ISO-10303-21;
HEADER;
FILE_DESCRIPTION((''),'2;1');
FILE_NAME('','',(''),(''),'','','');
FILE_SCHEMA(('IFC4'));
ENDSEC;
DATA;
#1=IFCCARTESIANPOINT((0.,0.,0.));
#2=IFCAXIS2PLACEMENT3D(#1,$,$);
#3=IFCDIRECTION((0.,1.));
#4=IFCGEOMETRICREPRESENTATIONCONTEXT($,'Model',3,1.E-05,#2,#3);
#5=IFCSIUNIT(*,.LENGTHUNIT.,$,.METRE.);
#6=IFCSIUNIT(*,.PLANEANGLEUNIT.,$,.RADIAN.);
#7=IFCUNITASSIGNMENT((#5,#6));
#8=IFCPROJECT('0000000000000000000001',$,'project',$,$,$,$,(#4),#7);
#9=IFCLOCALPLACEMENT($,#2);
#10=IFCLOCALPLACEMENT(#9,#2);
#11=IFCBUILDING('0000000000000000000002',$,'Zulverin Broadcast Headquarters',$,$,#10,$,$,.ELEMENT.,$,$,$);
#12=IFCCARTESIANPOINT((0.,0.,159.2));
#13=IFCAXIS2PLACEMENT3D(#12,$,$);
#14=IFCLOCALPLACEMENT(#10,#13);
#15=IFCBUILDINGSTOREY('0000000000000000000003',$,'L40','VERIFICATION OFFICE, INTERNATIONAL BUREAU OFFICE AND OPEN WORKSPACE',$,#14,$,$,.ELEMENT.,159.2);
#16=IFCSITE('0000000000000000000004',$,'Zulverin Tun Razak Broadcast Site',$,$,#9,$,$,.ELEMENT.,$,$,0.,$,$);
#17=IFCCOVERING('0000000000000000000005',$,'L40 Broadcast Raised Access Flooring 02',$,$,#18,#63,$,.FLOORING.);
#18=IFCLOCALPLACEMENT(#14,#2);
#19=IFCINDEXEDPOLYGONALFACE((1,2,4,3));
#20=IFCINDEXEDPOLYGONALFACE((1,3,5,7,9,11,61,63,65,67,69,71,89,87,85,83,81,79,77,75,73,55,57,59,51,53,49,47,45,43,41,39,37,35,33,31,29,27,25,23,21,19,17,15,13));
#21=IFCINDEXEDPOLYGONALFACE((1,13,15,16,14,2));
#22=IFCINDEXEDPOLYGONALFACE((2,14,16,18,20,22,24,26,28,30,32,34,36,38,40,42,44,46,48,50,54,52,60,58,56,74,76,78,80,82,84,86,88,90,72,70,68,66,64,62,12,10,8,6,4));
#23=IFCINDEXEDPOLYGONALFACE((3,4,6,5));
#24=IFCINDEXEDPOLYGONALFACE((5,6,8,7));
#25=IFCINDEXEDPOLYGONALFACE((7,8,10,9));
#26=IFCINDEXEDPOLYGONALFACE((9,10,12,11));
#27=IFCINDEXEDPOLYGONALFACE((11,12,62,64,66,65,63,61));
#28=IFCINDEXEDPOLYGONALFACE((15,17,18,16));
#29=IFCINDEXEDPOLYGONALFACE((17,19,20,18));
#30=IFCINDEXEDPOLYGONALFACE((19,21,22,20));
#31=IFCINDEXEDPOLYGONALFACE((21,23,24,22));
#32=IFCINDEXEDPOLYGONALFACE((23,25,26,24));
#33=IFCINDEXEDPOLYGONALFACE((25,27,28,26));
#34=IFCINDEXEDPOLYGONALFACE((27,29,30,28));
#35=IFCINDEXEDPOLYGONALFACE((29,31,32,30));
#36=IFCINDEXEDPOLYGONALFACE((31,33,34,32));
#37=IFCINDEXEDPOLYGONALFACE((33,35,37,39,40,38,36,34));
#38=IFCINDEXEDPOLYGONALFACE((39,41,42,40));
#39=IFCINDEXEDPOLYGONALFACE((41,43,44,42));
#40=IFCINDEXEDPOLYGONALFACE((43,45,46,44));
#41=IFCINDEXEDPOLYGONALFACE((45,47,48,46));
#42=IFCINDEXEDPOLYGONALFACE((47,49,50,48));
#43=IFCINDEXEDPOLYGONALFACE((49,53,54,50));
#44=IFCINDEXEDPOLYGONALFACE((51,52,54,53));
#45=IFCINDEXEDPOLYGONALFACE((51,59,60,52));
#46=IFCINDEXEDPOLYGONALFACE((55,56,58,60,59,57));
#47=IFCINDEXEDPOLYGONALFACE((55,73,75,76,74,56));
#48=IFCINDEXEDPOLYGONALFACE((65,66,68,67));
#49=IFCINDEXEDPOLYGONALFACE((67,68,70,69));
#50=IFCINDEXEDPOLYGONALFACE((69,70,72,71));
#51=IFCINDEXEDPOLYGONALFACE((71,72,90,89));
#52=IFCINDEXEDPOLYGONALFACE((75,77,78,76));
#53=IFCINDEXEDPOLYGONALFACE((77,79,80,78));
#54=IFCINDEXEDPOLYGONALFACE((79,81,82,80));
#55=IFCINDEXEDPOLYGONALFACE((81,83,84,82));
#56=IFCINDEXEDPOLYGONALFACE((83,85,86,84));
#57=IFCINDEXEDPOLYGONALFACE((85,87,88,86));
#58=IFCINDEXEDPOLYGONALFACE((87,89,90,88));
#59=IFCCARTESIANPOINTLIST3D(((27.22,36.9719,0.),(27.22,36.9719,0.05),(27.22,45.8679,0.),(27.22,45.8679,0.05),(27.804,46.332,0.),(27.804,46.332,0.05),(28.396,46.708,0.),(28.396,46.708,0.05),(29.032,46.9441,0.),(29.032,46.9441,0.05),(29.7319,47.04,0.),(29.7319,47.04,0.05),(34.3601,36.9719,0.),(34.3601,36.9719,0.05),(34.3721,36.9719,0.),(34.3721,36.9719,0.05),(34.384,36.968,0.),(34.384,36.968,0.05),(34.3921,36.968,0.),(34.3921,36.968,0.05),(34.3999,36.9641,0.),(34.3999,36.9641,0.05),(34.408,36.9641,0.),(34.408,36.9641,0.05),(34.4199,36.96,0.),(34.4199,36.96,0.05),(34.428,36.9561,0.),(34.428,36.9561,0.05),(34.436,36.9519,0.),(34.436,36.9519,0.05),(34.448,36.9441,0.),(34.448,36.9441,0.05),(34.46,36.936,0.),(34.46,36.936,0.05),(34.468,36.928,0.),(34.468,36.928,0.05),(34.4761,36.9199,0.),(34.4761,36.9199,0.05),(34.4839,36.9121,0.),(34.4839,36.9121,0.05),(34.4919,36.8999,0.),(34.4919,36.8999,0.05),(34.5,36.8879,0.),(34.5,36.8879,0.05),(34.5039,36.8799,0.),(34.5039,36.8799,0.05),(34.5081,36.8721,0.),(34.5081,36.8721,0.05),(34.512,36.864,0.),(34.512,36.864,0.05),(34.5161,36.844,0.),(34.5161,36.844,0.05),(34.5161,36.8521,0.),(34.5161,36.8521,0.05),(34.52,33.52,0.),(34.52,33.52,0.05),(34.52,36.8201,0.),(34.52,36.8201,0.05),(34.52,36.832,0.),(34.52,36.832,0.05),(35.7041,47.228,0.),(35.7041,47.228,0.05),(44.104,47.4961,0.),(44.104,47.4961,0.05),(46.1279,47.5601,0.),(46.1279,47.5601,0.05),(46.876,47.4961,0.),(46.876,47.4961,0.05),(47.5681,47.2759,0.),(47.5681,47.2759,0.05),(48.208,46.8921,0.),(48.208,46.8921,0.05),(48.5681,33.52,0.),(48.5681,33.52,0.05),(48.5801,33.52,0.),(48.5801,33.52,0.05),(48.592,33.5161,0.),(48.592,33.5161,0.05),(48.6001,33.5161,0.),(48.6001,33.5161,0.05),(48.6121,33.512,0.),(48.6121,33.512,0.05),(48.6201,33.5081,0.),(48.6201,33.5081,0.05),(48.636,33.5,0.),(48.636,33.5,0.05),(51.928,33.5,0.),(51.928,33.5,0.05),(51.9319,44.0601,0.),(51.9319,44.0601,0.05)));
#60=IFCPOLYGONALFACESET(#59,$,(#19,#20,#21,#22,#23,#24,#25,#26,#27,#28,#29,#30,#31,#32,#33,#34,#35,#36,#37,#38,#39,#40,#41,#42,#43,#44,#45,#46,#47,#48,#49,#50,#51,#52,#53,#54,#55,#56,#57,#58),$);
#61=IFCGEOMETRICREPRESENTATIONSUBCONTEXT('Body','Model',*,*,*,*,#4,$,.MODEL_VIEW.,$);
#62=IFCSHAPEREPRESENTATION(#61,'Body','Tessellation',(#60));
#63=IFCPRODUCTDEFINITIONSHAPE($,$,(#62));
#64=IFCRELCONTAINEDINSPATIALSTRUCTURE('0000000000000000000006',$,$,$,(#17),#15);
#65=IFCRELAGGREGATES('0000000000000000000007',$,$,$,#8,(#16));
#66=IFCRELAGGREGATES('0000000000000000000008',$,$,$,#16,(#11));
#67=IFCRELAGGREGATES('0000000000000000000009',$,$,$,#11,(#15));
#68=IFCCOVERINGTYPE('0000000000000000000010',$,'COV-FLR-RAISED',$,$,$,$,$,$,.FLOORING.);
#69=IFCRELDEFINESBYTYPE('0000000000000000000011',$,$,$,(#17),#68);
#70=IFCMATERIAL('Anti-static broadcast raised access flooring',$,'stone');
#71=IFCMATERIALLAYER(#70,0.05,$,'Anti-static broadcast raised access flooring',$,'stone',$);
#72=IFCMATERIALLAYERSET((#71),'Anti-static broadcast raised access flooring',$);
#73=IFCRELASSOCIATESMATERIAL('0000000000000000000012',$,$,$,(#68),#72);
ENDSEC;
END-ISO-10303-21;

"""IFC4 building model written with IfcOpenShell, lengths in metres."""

from ifc_helpers import new_model, si_unit, direction, frame, origin, place, context, subcontext, project, spatial, polyline, outline, extrude, material, layer, layer_set, type_object, element, save


model = new_model("IFC4")

# Units and contexts
model_context = context("Model", 3, precision=1e-05, world=origin(), true_north=direction((0.0, 1.0)))
body_context = subcontext(model_context, "Body", "Model", "MODEL_VIEW")
ifc_project = project(units=[si_unit("LENGTHUNIT", "METRE"), si_unit("PLANEANGLEUNIT", "RADIAN")], contexts=[model_context])

# Site, building, storey
site_placement = place(None, origin())
site = spatial("IfcSite", under=ifc_project, at=site_placement, Name="Zulverin Tun Razak Broadcast Site", CompositionType="ELEMENT", RefElevation=0.0)
building_placement = place(site_placement, origin())
building = spatial("IfcBuilding", under=site, at=building_placement, Name="Zulverin Broadcast Headquarters", CompositionType="ELEMENT")
storey_placement = place(building_placement, frame((0.0, 0.0, 159.2)))
storey = spatial("IfcBuildingStorey", under=building, at=storey_placement, Name="L40", Description="VERIFICATION OFFICE, INTERNATIONAL BUREAU OFFICE AND OPEN WORKSPACE", CompositionType="ELEMENT", Elevation=159.2)

# Covering
ifc_material_1 = material(Name="Anti-static broadcast raised access flooring", Category="stone")
ifc_layer_1 = layer(ifc_material_1, 0.05, Name="Anti-static broadcast raised access flooring", Category="stone")
ifc_layer_set_1 = layer_set([ifc_layer_1], Name="Anti-static broadcast raised access flooring")
covering_type_1 = type_object("IfcCoveringType", Name="COV-FLR-RAISED", PredefinedType="FLOORING", material=ifc_layer_set_1)
covering_1_placement = place(storey_placement, origin())
element("IfcCovering", 1, at=covering_1_placement, inside=storey, type_object=covering_type_1, Name="L40 Broadcast Raised Access Flooring 02", PredefinedType="FLOORING", context=body_context, shape_type="SweptSolid", body=[
    extrude(outline(polyline([(29.032, 46.9441), (28.396, 46.708), (27.804, 46.332), (27.22, 45.8679), (27.22, 36.9719), (34.3601, 36.9719), (34.3721, 36.9719), (34.384, 36.968), (34.3921, 36.968), (34.3999, 36.9641), (34.408, 36.9641), (34.4199, 36.96), (34.428, 36.9561), (34.436, 36.9519), (34.448, 36.9441), (34.46, 36.936), (34.468, 36.928), (34.4761, 36.9199), (34.4839, 36.9121), (34.4919, 36.8999), (34.5, 36.8879), (34.5039, 36.8799), (34.5081, 36.8721), (34.512, 36.864), (34.5161, 36.8521), (34.5161, 36.844), (34.52, 36.832), (34.52, 36.8201), (34.52, 33.52), (48.5681, 33.52), (48.5801, 33.52), (48.592, 33.5161), (48.6001, 33.5161), (48.6121, 33.512), (48.6201, 33.5081), (48.636, 33.5), (51.928, 33.5), (51.9319, 44.0601), (48.208, 46.8921), (47.5681, 47.2759), (46.876, 47.4961), (46.1279, 47.5601), (44.104, 47.4961), (35.7041, 47.228), (29.7319, 47.04), (29.032, 46.9441)])), origin(), (0.0, 0.0, 1.0), 0.05),
])

save(model, "model.ifc")
